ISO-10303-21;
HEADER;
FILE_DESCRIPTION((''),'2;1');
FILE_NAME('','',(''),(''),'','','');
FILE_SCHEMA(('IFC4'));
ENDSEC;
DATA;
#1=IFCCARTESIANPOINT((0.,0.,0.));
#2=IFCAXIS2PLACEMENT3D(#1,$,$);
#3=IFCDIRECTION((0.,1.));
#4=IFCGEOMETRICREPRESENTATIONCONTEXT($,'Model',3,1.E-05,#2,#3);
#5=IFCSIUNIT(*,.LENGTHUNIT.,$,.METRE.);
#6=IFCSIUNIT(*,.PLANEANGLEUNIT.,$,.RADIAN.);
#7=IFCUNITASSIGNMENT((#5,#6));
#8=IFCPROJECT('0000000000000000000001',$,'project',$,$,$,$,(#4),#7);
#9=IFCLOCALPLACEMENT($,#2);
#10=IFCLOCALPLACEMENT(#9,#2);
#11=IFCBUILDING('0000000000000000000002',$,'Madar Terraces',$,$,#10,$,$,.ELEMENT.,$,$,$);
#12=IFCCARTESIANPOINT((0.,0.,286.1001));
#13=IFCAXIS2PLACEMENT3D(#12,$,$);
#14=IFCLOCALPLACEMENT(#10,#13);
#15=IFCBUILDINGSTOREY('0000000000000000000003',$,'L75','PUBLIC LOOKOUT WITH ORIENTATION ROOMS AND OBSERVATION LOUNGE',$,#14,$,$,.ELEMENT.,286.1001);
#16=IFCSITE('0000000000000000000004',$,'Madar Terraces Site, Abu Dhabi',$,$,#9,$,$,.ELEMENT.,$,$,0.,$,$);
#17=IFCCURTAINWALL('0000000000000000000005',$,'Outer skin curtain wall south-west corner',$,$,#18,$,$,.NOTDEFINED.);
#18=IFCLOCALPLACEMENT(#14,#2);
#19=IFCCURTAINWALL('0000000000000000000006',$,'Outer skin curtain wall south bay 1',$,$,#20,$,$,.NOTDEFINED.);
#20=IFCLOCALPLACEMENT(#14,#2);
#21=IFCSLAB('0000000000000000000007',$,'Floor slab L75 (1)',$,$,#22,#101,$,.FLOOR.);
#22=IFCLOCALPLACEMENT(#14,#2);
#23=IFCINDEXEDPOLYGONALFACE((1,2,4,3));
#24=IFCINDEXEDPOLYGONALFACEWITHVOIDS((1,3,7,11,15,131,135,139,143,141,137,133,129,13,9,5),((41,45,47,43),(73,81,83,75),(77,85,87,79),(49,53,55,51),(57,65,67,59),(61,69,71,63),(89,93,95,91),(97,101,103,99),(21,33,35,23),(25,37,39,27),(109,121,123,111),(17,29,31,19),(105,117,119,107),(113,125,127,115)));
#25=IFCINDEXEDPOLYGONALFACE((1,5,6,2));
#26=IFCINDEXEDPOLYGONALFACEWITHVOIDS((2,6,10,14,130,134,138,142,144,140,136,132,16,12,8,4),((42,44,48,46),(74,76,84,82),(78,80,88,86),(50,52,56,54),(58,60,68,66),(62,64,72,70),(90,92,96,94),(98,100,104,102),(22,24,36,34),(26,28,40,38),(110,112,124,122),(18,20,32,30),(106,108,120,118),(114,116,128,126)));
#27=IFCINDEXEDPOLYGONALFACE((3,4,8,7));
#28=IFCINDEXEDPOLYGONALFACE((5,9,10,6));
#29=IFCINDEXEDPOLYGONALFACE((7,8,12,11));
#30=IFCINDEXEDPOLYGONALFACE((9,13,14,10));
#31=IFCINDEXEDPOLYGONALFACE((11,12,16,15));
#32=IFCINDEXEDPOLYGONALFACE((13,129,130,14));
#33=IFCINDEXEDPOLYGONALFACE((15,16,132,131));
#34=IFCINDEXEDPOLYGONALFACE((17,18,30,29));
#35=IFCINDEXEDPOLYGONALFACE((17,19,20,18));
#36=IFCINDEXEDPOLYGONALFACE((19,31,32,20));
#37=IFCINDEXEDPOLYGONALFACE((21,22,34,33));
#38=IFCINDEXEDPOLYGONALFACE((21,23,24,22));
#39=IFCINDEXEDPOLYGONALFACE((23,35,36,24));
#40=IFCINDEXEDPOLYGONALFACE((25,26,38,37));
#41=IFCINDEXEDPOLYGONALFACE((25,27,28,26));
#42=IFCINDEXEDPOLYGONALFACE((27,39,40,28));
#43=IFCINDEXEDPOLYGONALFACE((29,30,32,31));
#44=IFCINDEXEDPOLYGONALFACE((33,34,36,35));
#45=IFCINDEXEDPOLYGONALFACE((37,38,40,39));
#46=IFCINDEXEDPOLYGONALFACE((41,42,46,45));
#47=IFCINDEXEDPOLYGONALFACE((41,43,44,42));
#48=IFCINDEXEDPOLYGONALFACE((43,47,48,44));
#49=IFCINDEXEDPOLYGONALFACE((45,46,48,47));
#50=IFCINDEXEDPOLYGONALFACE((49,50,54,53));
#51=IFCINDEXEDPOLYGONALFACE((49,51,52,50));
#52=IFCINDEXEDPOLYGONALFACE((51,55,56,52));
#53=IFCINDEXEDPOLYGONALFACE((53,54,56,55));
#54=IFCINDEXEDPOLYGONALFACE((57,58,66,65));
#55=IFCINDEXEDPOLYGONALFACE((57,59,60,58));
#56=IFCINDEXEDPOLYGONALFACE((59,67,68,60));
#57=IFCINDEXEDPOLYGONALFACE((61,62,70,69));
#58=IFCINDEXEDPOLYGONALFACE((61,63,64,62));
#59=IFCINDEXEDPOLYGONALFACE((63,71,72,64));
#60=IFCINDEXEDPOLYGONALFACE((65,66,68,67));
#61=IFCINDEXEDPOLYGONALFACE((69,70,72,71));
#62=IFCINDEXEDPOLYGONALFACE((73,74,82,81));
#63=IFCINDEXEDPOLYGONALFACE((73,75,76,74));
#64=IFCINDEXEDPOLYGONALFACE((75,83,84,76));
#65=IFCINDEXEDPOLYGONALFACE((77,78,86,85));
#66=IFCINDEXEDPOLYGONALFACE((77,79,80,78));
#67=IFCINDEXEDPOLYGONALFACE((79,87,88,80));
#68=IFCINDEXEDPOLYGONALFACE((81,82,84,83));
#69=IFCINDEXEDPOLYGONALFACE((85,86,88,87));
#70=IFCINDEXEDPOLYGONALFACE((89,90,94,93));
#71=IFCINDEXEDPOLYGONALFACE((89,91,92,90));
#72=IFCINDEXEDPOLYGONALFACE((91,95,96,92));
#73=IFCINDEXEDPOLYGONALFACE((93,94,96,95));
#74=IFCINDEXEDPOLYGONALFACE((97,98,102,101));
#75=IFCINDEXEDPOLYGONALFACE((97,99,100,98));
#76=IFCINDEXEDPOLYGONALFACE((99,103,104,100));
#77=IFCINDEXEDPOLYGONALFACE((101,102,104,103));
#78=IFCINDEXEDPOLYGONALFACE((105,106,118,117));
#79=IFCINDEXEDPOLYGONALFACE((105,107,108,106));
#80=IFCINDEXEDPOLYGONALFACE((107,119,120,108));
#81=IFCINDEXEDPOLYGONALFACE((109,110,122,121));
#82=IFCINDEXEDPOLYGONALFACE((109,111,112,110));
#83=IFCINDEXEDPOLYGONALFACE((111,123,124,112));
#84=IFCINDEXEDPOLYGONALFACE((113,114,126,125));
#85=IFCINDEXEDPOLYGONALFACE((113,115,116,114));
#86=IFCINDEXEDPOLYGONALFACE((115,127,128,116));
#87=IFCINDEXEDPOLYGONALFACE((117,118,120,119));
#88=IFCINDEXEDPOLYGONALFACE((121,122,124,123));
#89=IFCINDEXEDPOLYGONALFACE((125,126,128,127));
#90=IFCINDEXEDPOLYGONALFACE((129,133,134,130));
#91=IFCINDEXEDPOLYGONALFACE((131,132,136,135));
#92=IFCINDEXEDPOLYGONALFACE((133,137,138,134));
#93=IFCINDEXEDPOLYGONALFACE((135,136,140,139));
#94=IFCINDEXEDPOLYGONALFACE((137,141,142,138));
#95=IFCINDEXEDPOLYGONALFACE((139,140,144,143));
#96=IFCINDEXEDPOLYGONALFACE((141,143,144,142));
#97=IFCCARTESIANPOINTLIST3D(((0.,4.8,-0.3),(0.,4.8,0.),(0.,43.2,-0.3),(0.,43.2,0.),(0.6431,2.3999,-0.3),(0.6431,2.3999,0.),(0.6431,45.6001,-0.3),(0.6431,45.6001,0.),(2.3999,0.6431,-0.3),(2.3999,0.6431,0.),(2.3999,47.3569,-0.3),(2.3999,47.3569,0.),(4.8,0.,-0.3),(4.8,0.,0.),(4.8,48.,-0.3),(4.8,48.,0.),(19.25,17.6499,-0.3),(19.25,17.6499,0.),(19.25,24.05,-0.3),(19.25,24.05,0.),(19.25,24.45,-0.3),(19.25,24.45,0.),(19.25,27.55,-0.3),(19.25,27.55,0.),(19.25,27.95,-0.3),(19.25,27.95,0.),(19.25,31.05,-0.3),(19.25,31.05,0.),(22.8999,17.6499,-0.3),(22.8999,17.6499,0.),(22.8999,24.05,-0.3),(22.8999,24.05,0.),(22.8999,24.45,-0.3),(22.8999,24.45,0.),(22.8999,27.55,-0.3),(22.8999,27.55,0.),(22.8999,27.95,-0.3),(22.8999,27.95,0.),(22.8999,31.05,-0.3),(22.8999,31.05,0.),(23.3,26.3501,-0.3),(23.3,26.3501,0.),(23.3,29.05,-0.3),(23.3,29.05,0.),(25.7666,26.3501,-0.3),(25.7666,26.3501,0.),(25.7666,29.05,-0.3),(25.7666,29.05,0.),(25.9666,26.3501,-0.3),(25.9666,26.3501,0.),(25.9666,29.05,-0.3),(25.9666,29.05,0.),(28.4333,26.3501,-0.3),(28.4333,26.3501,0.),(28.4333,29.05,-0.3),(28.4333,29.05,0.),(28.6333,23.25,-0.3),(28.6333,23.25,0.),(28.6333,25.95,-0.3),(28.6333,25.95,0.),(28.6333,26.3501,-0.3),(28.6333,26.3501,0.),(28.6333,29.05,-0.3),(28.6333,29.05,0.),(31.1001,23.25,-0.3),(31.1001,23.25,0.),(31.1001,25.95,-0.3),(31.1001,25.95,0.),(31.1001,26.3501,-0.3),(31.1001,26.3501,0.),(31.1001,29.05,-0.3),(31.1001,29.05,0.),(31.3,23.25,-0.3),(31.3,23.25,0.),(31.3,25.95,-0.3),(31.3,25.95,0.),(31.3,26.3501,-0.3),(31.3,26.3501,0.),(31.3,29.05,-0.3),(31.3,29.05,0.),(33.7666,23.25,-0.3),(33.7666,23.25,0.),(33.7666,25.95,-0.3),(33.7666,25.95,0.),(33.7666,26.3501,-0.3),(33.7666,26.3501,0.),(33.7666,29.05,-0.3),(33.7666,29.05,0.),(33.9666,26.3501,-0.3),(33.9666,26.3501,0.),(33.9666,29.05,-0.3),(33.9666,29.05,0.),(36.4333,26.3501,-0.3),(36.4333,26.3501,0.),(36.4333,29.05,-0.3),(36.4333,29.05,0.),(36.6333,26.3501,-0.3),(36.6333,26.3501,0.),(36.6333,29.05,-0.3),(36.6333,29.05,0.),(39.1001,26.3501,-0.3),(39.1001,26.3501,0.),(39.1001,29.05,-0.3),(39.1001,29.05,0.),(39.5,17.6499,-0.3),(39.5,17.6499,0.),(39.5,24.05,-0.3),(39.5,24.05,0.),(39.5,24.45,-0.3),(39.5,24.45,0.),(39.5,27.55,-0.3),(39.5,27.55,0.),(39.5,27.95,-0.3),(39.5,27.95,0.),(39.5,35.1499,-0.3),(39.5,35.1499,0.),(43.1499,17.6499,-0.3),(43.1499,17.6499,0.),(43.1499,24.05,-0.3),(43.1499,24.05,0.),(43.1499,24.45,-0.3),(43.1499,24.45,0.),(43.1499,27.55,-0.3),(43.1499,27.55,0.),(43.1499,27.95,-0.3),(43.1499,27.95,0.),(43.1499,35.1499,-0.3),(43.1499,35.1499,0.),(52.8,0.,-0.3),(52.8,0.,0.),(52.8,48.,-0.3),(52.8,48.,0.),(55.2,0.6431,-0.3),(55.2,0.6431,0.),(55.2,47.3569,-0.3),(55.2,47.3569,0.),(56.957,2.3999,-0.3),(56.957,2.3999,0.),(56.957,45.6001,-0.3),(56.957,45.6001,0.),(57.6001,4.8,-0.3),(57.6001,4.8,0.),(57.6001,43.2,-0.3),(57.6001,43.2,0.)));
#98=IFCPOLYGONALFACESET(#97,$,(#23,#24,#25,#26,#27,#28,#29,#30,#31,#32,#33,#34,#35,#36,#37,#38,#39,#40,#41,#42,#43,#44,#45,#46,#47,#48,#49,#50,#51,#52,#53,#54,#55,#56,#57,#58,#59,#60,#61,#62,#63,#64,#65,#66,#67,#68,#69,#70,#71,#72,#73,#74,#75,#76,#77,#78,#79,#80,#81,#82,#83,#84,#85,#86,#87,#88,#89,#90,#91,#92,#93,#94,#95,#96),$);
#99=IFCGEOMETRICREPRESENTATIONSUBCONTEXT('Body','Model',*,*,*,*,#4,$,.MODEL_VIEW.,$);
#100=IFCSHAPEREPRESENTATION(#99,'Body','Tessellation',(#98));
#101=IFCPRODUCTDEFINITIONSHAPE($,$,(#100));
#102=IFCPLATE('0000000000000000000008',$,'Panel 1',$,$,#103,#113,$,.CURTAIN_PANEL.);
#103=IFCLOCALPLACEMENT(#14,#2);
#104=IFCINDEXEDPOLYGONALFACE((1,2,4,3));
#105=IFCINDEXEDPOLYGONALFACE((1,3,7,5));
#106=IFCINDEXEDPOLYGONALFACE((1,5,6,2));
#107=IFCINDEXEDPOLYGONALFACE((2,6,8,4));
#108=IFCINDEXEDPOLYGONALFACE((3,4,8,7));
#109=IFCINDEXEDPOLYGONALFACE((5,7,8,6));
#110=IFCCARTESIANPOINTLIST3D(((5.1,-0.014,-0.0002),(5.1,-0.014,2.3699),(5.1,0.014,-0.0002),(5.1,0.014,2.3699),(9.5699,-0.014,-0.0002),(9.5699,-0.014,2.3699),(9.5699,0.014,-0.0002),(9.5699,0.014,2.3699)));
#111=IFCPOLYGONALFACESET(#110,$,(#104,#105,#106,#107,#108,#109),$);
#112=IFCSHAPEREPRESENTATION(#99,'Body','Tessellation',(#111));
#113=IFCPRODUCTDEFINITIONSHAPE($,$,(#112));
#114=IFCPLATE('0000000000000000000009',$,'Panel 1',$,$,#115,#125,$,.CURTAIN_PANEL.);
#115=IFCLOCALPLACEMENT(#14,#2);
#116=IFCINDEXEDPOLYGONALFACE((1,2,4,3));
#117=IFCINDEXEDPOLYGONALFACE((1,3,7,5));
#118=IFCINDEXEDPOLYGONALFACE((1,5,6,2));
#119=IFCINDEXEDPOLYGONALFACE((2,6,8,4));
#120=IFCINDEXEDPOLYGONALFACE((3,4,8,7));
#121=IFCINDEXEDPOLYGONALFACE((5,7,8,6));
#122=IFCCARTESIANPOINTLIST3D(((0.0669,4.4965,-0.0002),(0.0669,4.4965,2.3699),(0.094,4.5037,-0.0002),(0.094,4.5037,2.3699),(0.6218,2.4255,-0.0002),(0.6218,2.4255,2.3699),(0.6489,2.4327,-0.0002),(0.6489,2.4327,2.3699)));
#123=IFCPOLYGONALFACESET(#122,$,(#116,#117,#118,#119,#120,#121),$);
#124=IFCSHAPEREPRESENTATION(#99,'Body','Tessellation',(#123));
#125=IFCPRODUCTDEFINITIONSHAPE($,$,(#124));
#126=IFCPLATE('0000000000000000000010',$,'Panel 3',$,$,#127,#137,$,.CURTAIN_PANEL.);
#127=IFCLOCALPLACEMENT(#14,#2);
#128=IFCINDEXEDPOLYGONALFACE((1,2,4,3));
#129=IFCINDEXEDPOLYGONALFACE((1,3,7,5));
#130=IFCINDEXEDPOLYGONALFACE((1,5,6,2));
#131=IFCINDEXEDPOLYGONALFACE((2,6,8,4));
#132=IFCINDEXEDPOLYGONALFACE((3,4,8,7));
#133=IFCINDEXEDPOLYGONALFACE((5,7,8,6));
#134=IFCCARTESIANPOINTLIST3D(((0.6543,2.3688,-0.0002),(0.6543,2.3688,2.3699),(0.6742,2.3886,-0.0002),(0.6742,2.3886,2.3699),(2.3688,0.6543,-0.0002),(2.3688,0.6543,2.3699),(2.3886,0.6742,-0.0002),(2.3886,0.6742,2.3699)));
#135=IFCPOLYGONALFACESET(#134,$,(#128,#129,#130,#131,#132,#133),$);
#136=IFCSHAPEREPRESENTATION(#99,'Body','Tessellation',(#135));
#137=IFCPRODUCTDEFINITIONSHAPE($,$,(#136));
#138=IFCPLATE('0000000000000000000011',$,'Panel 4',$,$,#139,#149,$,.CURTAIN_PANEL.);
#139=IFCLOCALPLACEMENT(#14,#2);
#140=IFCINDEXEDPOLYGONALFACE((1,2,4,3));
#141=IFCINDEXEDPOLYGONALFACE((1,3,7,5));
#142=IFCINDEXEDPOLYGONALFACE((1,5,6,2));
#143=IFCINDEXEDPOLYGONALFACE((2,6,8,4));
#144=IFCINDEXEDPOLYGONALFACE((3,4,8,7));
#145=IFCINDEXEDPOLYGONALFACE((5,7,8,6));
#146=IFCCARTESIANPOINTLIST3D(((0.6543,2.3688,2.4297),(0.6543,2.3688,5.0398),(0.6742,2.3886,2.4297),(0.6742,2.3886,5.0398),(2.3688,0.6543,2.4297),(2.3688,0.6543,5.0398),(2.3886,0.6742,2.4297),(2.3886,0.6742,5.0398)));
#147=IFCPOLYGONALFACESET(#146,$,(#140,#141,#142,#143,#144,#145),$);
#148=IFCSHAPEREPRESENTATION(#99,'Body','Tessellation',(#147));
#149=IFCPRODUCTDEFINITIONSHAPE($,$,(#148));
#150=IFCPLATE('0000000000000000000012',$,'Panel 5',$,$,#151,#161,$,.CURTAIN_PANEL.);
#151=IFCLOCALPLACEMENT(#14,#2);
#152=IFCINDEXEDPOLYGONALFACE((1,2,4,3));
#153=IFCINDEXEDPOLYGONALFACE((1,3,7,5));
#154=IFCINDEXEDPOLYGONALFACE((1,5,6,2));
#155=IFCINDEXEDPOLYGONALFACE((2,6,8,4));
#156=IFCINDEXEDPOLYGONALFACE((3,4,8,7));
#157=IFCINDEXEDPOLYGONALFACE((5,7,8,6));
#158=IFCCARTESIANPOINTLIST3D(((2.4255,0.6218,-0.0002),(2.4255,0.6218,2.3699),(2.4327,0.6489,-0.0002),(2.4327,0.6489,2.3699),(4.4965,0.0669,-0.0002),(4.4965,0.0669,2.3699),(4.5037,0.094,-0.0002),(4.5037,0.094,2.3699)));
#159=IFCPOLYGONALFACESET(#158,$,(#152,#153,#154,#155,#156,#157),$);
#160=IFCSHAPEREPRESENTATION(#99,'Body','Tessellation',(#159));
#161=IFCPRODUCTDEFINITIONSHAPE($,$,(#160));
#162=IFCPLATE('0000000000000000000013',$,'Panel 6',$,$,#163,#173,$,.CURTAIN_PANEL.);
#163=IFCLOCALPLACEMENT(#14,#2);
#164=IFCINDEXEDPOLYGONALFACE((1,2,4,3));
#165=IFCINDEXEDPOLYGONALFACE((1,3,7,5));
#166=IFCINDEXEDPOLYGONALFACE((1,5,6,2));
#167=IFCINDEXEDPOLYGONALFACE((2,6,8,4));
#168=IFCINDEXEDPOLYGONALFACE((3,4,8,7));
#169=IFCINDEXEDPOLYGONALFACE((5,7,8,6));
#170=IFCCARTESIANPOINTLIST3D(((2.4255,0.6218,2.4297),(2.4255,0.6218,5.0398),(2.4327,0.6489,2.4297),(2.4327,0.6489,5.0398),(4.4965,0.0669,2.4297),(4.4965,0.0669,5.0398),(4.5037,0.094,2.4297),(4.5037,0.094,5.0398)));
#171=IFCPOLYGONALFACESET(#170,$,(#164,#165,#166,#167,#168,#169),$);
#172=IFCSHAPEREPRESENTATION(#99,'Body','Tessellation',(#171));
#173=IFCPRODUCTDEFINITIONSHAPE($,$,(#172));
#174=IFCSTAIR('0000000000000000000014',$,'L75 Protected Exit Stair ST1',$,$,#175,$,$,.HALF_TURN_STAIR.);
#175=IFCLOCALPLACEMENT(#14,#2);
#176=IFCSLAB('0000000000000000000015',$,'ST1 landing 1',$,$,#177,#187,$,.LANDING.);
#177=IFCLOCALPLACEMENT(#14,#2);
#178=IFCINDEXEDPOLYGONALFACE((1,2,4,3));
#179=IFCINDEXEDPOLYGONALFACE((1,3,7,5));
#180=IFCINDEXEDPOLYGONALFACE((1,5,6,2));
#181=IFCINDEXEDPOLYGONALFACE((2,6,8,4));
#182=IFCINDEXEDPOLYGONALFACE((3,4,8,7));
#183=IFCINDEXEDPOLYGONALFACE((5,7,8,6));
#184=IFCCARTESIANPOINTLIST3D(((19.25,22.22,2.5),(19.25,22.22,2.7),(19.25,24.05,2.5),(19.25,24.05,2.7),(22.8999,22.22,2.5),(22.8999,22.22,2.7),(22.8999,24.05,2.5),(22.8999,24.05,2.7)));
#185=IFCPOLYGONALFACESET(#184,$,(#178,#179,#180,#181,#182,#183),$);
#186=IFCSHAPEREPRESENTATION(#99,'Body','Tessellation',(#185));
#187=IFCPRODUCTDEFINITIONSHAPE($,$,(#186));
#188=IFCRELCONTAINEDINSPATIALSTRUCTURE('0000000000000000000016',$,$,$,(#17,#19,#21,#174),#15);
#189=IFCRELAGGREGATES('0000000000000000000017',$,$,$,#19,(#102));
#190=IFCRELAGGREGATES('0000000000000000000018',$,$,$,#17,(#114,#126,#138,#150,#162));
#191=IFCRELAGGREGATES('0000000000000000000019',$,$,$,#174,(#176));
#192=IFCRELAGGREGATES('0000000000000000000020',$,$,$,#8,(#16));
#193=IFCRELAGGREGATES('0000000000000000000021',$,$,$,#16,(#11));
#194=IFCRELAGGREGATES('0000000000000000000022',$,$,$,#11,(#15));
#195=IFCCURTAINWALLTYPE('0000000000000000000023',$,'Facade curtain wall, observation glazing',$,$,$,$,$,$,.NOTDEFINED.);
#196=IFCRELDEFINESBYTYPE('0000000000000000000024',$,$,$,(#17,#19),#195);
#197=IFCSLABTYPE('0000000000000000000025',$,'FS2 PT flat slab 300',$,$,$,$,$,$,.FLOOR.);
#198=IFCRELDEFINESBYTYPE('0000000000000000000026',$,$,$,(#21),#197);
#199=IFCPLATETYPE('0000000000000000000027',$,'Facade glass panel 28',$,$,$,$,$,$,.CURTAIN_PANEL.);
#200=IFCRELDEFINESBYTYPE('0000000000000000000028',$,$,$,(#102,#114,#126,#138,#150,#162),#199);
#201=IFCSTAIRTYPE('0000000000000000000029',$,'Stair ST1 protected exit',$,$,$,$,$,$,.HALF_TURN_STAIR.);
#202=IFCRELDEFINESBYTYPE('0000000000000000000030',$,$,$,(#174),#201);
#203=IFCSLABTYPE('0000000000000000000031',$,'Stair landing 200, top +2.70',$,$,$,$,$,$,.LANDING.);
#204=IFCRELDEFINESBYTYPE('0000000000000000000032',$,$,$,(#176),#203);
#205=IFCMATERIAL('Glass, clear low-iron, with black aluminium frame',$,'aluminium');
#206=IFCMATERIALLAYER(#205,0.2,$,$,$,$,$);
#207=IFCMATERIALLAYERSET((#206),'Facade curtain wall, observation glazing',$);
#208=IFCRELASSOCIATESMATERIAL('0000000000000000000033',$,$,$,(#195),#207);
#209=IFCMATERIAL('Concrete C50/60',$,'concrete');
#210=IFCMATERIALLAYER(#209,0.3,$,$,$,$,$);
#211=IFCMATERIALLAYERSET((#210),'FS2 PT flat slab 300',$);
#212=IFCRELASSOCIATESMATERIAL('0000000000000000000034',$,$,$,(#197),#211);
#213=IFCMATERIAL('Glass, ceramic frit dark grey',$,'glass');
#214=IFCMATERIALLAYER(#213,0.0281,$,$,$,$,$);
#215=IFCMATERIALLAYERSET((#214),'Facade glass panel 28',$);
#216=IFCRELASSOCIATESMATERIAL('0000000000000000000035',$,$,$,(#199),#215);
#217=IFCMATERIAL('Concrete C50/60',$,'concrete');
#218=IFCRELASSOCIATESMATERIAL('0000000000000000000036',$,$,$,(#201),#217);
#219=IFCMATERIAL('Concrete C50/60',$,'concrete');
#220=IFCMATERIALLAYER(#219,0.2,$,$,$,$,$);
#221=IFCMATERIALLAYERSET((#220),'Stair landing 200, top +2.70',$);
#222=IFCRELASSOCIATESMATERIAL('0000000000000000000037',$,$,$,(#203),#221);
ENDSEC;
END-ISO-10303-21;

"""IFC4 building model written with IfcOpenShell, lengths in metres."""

from ifc_helpers import new_model, si_unit, direction, frame, origin, origin_2d, place, context, subcontext, project, spatial, polyline, rectangle, outline, extrude, material, layer, layer_set, type_object, element, aggregate, save


model = new_model("IFC4")

# Units and contexts
model_context = context("Model", 3, precision=1e-05, world=origin(), true_north=direction((0.0, 1.0)))
body_context = subcontext(model_context, "Body", "Model", "MODEL_VIEW")
ifc_project = project(units=[si_unit("LENGTHUNIT", "METRE"), si_unit("PLANEANGLEUNIT", "RADIAN")], contexts=[model_context])

# Site, building, storey
site_placement = place(None, origin())
site = spatial("IfcSite", under=ifc_project, at=site_placement, Name="Madar Terraces Site, Abu Dhabi", CompositionType="ELEMENT", RefElevation=0.0)
building_placement = place(site_placement, origin())
building = spatial("IfcBuilding", under=site, at=building_placement, Name="Madar Terraces", CompositionType="ELEMENT")
storey_placement = place(building_placement, frame((0.0, 0.0, 286.1001)))
storey = spatial("IfcBuildingStorey", under=building, at=storey_placement, Name="L75", Description="PUBLIC LOOKOUT WITH ORIENTATION ROOMS AND OBSERVATION LOUNGE", CompositionType="ELEMENT", Elevation=286.1001)

# Curtain walls
ifc_material_1 = material(Name="Glass, clear low-iron, with black aluminium frame", Category="aluminium")
ifc_layer_1 = layer(ifc_material_1, 0.2)
ifc_layer_set_1 = layer_set([ifc_layer_1], Name="Facade curtain wall, observation glazing")
curtain_wall_type = type_object("IfcCurtainWallType", Name="Facade curtain wall, observation glazing", PredefinedType="NOTDEFINED", material=ifc_layer_set_1)
curtain_wall_1_placement = place(storey_placement, origin())
curtain_wall_1 = element("IfcCurtainWall", 1, at=curtain_wall_1_placement, inside=storey, type_object=curtain_wall_type, Name="Outer skin curtain wall south-west corner", PredefinedType="NOTDEFINED")
curtain_wall_2_placement = place(storey_placement, origin())
curtain_wall_2 = element("IfcCurtainWall", 2, at=curtain_wall_2_placement, inside=storey, type_object=curtain_wall_type, Name="Outer skin curtain wall south bay 1", PredefinedType="NOTDEFINED")

# Slab
ifc_material_2 = material(Name="Concrete C50/60", Category="concrete")
ifc_layer_2 = layer(ifc_material_2, 0.3)
ifc_layer_set_2 = layer_set([ifc_layer_2], Name="FS2 PT flat slab 300")
slab_type_1 = type_object("IfcSlabType", Name="FS2 PT flat slab 300", PredefinedType="FLOOR", material=ifc_layer_set_2)
slab_1_placement = place(storey_placement, frame((0.0, 0.0, -0.3)))
element("IfcSlab", 3, at=slab_1_placement, inside=storey, type_object=slab_type_1, Name="Floor slab L75 (1)", PredefinedType="FLOOR", context=body_context, shape_type="SweptSolid", body=[
    extrude(outline(polyline([(52.8, 0.0), (55.2, 0.6431), (56.957, 2.3999), (57.6001, 4.8), (57.6001, 43.2), (56.957, 45.6001), (55.2, 47.3569), (52.8, 48.0), (4.8, 48.0), (2.3999, 47.3569), (0.6431, 45.6001), (0.0, 43.2), (0.0, 4.8), (0.6431, 2.3999), (2.3999, 0.6431), (4.8, 0.0), (52.8, 0.0)]), holes=[polyline([(22.8999, 17.6499), (19.25, 17.6499), (19.25, 24.05), (22.8999, 24.05), (22.8999, 17.6499)]), polyline([(28.6333, 23.25), (28.6333, 25.95), (31.1001, 25.95), (31.1001, 23.25), (28.6333, 23.25)]), polyline([(19.25, 24.45), (19.25, 27.55), (22.8999, 27.55), (22.8999, 24.45), (19.25, 24.45)]), polyline([(23.3, 26.3501), (23.3, 29.05), (25.7666, 29.05), (25.7666, 26.3501), (23.3, 26.3501)]), polyline([(25.9666, 26.3501), (25.9666, 29.05), (28.4333, 29.05), (28.4333, 26.3501), (25.9666, 26.3501)]), polyline([(28.6333, 26.3501), (28.6333, 29.05), (31.1001, 29.05), (31.1001, 26.3501), (28.6333, 26.3501)]), polyline([(19.25, 27.95), (19.25, 31.05), (22.8999, 31.05), (22.8999, 27.95), (19.25, 27.95)]), polyline([(43.1499, 17.6499), (39.5, 17.6499), (39.5, 24.05), (43.1499, 24.05), (43.1499, 17.6499)]), polyline([(31.3, 23.25), (31.3, 25.95), (33.7666, 25.95), (33.7666, 23.25), (31.3, 23.25)]), polyline([(39.5, 24.45), (39.5, 27.55), (43.1499, 27.55), (43.1499, 24.45), (39.5, 24.45)]), polyline([(31.3, 26.3501), (31.3, 29.05), (33.7666, 29.05), (33.7666, 26.3501), (31.3, 26.3501)]), polyline([(33.9666, 26.3501), (33.9666, 29.05), (36.4333, 29.05), (36.4333, 26.3501), (33.9666, 26.3501)]), polyline([(36.6333, 26.3501), (36.6333, 29.05), (39.1001, 29.05), (39.1001, 26.3501), (36.6333, 26.3501)]), polyline([(39.5, 27.95), (39.5, 35.1499), (43.1499, 35.1499), (43.1499, 27.95), (39.5, 27.95)])]), origin(), (0.0, 0.0, 1.0), 0.3),
])

# Plates
ifc_material_3 = material(Name="Glass, ceramic frit dark grey", Category="glass")
ifc_layer_3 = layer(ifc_material_3, 0.0281)
ifc_layer_set_3 = layer_set([ifc_layer_3], Name="Facade glass panel 28")
plate_type = type_object("IfcPlateType", Name="Facade glass panel 28", PredefinedType="CURTAIN_PANEL", material=ifc_layer_set_3)
plate_1_placement = place(storey_placement, frame((7.335, 0.0, -0.0002), z_axis=(0.0, 0.0, 1.0), x_axis=(1.0, 0.0, 0.0)))
plate_1 = element("IfcPlate", 4, at=plate_1_placement, type_object=plate_type, Name="Panel 1", PredefinedType="CURTAIN_PANEL", context=body_context, shape_type="SweptSolid", body=[
    extrude(rectangle(XDim=4.47, YDim=0.0281, at=origin_2d()), origin(), (0.0, 0.0, 1.0), 2.3701),
])
aggregate(curtain_wall_2, [plate_1])
plate_2_placement = place(storey_placement, frame((0.3579, 3.4646, -0.0002), z_axis=(0.0, 0.0, 1.0), x_axis=(0.258819, -0.965926, 0.0)))
plate_2 = element("IfcPlate", 5, at=plate_2_placement, type_object=plate_type, Name="Panel 1", PredefinedType="CURTAIN_PANEL", context=body_context, shape_type="SweptSolid", body=[
    extrude(rectangle(XDim=2.144, YDim=0.0281, at=origin_2d()), origin(), (0.0, 0.0, 1.0), 2.3701),
])
plate_3_placement = place(storey_placement, frame((1.5215, 1.5215, -0.0002), z_axis=(0.0, 0.0, 1.0), x_axis=(0.707107, -0.707107, 0.0)))
plate_3 = element("IfcPlate", 6, at=plate_3_placement, type_object=plate_type, Name="Panel 3", PredefinedType="CURTAIN_PANEL", context=body_context, shape_type="SweptSolid", body=[
    extrude(rectangle(XDim=2.4246, YDim=0.0281, at=origin_2d()), origin(), (0.0, 0.0, 1.0), 2.3701),
])
plate_4_placement = place(storey_placement, frame((1.5215, 1.5215, 2.4297), z_axis=(0.0, 0.0, 1.0), x_axis=(0.707107, -0.707107, 0.0)))
plate_4 = element("IfcPlate", 7, at=plate_4_placement, type_object=plate_type, Name="Panel 4", PredefinedType="CURTAIN_PANEL", context=body_context, shape_type="SweptSolid", body=[
    extrude(rectangle(XDim=2.4246, YDim=0.0281, at=origin_2d()), origin(), (0.0, 0.0, 1.0), 2.6101),
])
plate_5_placement = place(storey_placement, frame((3.4646, 0.3579, -0.0002), z_axis=(0.0, 0.0, 1.0), x_axis=(0.965926, -0.258819, 0.0)))
plate_5 = element("IfcPlate", 8, at=plate_5_placement, type_object=plate_type, Name="Panel 5", PredefinedType="CURTAIN_PANEL", context=body_context, shape_type="SweptSolid", body=[
    extrude(rectangle(XDim=2.144, YDim=0.0281, at=origin_2d()), origin(), (0.0, 0.0, 1.0), 2.3701),
])
plate_6_placement = place(storey_placement, frame((3.4646, 0.3579, 2.4297), z_axis=(0.0, 0.0, 1.0), x_axis=(0.965926, -0.258819, 0.0)))
plate_6 = element("IfcPlate", 9, at=plate_6_placement, type_object=plate_type, Name="Panel 6", PredefinedType="CURTAIN_PANEL", context=body_context, shape_type="SweptSolid", body=[
    extrude(rectangle(XDim=2.144, YDim=0.0281, at=origin_2d()), origin(), (0.0, 0.0, 1.0), 2.6101),
])
aggregate(curtain_wall_1, [plate_2, plate_3, plate_4, plate_5, plate_6])

# Stair, slab
ifc_material_4 = material(Name="Concrete C50/60", Category="concrete")
stair_type_1 = type_object("IfcStairType", Name="Stair ST1 protected exit", PredefinedType="HALF_TURN_STAIR", material=ifc_material_4)
stair_1_placement = place(storey_placement, origin())
stair_1 = element("IfcStair", 10, at=stair_1_placement, inside=storey, type_object=stair_type_1, Name="L75 Protected Exit Stair ST1", PredefinedType="HALF_TURN_STAIR")
ifc_material_5 = material(Name="Concrete C50/60", Category="concrete")
ifc_layer_4 = layer(ifc_material_5, 0.2)
ifc_layer_set_4 = layer_set([ifc_layer_4], Name="Stair landing 200, top +2.70")
slab_type_2 = type_object("IfcSlabType", Name="Stair landing 200, top +2.70", PredefinedType="LANDING", material=ifc_layer_set_4)
slab_2_placement = place(storey_placement, frame((0.0, 0.0, 2.5)))
slab_2 = element("IfcSlab", 11, at=slab_2_placement, type_object=slab_type_2, Name="ST1 landing 1", PredefinedType="LANDING", context=body_context, shape_type="SweptSolid", body=[
    extrude(outline(polyline([(19.25, 22.22), (22.8999, 22.22), (22.8999, 24.05), (19.25, 24.05), (19.25, 22.22)])), origin(), (0.0, 0.0, 1.0), 0.2),
])
aggregate(stair_1, [slab_2])

save(model, "model.ifc")
